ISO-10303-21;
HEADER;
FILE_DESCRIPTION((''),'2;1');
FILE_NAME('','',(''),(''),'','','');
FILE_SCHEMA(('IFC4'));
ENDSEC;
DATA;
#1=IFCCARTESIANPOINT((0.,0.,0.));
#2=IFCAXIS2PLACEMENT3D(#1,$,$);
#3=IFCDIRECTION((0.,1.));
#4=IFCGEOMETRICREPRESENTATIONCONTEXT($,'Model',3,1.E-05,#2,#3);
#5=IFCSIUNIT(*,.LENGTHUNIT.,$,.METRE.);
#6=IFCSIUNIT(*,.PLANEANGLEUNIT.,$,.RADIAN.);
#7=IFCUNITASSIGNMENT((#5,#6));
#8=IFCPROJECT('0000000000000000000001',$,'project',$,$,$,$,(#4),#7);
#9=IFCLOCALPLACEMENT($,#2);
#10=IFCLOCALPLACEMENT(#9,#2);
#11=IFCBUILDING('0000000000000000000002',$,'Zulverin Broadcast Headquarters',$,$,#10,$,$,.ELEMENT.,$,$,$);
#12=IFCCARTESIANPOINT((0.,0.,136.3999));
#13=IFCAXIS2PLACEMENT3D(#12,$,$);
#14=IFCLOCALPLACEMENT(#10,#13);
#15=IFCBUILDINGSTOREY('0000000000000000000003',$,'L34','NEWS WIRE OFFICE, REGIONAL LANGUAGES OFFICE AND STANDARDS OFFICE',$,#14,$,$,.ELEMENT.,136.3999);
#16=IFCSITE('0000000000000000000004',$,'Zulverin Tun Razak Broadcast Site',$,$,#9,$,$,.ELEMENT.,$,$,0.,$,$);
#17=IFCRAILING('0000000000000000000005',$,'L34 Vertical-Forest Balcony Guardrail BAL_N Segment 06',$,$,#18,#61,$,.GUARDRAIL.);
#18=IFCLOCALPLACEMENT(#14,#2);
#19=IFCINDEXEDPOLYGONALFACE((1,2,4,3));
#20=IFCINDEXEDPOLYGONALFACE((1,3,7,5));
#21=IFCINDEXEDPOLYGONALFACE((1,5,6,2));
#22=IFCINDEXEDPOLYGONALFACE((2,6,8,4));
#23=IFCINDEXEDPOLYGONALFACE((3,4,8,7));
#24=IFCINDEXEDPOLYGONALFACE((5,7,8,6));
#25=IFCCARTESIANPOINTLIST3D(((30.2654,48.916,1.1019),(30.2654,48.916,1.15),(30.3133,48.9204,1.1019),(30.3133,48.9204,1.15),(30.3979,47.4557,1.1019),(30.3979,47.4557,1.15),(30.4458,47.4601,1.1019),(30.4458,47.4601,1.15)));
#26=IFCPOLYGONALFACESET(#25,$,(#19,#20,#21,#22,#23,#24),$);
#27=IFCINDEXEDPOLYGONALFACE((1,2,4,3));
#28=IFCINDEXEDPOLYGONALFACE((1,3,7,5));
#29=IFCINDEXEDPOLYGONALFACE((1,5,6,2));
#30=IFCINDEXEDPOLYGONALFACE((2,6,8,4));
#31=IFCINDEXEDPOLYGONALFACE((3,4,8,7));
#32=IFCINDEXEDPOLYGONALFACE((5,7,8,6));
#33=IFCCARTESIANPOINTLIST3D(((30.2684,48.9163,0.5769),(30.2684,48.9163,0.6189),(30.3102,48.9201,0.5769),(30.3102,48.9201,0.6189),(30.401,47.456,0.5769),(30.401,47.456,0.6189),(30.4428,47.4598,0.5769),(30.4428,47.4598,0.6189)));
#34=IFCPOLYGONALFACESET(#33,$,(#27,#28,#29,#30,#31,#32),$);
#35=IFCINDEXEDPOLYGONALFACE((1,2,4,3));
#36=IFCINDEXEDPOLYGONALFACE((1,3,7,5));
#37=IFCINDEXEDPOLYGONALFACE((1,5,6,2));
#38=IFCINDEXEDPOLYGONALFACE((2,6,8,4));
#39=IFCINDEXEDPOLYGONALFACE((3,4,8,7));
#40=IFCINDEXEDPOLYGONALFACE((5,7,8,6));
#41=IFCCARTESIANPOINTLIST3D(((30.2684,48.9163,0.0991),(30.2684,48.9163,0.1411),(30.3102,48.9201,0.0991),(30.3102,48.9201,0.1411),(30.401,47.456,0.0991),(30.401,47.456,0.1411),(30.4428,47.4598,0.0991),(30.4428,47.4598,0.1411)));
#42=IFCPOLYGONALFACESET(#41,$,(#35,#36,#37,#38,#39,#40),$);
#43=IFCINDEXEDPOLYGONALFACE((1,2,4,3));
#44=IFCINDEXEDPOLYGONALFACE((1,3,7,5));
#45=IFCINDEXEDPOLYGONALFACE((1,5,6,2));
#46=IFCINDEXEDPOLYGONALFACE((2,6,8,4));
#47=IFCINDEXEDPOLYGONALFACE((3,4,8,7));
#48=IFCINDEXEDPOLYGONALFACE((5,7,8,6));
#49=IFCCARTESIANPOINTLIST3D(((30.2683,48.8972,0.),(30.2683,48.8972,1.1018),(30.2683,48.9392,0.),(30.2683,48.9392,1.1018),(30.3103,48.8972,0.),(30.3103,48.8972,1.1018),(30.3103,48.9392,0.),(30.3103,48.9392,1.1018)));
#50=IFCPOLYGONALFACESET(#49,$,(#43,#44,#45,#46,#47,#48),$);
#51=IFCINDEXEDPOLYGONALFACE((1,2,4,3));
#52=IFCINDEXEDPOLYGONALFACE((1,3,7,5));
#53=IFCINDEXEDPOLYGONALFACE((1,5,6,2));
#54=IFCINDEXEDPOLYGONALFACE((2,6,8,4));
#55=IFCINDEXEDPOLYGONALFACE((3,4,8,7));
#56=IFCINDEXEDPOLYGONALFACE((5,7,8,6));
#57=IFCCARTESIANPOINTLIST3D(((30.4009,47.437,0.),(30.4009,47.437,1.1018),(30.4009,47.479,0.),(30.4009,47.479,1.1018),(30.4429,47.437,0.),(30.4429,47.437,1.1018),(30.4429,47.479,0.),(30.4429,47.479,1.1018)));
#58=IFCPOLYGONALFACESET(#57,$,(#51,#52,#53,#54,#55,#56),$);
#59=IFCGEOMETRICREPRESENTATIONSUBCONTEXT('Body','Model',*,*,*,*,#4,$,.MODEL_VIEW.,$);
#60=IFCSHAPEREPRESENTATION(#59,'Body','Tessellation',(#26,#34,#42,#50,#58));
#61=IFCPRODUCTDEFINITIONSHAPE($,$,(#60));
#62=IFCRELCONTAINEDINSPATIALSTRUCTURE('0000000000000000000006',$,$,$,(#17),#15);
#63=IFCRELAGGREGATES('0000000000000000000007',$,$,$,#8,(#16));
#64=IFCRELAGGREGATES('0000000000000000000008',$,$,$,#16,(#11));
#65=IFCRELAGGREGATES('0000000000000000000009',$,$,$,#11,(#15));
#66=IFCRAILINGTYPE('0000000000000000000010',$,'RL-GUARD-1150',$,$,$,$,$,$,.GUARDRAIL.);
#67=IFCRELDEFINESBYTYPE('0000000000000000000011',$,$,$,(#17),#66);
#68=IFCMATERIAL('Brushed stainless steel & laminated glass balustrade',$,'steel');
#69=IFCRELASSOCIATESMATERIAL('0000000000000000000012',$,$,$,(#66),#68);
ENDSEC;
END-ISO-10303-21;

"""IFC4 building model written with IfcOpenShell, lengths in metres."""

from ifc_helpers import new_model, si_unit, direction, frame, origin, origin_2d, place, context, subcontext, project, spatial, rectangle, extrude, material, type_object, element, save


model = new_model("IFC4")

# Units and contexts
model_context = context("Model", 3, precision=1e-05, world=origin(), true_north=direction((0.0, 1.0)))
body_context = subcontext(model_context, "Body", "Model", "MODEL_VIEW")
ifc_project = project(units=[si_unit("LENGTHUNIT", "METRE"), si_unit("PLANEANGLEUNIT", "RADIAN")], contexts=[model_context])

# Site, building, storey
site_placement = place(None, origin())
site = spatial("IfcSite", under=ifc_project, at=site_placement, Name="Zulverin Tun Razak Broadcast Site", CompositionType="ELEMENT", RefElevation=0.0)
building_placement = place(site_placement, origin())
building = spatial("IfcBuilding", under=site, at=building_placement, Name="Zulverin Broadcast Headquarters", CompositionType="ELEMENT")
storey_placement = place(building_placement, frame((0.0, 0.0, 136.3999)))
storey = spatial("IfcBuildingStorey", under=building, at=storey_placement, Name="L34", Description="NEWS WIRE OFFICE, REGIONAL LANGUAGES OFFICE AND STANDARDS OFFICE", CompositionType="ELEMENT", Elevation=136.3999)

# Railing
ifc_material_1 = material(Name="Brushed stainless steel & laminated glass balustrade", Category="steel")
railing_type = type_object("IfcRailingType", Name="RL-GUARD-1150", PredefinedType="GUARDRAIL", material=ifc_material_1)
railing_1_placement = place(storey_placement, frame((30.2893, 48.9182, 0.0)))
element("IfcRailing", 1, at=railing_1_placement, inside=storey, type_object=railing_type, Name="L34 Vertical-Forest Balcony Guardrail BAL_N Segment 06", PredefinedType="GUARDRAIL", context=body_context, shape_type="SweptSolid", body=[
    extrude(rectangle(XDim=0.0481, YDim=0.0481, at=origin_2d()), frame((0.0, 0.0, 1.126), z_axis=(0.090416, -0.995904, 0.0), x_axis=(0.995904, 0.090416, 0.0)), (0.0, 0.0, 1.0), 1.4663),
    extrude(rectangle(XDim=0.042, YDim=0.042, at=origin_2d()), frame((0.0, 0.0, 0.5979), z_axis=(0.090416, -0.995904, 0.0), x_axis=(0.995904, 0.090416, 0.0)), (0.0, 0.0, 1.0), 1.4663),
    extrude(rectangle(XDim=0.042, YDim=0.042, at=origin_2d()), frame((0.0, 0.0, 0.1201), z_axis=(0.090416, -0.995904, 0.0), x_axis=(0.995904, 0.090416, 0.0)), (0.0, 0.0, 1.0), 1.4663),
    extrude(rectangle(XDim=0.042, YDim=0.042, at=origin_2d()), origin(), (0.0, 0.0, 1.0), 1.1018),
    extrude(rectangle(XDim=0.042, YDim=0.042, at=origin_2d()), frame((0.1326, -1.4602, 0.0)), (0.0, 0.0, 1.0), 1.1018),
])

save(model, "model.ifc")
